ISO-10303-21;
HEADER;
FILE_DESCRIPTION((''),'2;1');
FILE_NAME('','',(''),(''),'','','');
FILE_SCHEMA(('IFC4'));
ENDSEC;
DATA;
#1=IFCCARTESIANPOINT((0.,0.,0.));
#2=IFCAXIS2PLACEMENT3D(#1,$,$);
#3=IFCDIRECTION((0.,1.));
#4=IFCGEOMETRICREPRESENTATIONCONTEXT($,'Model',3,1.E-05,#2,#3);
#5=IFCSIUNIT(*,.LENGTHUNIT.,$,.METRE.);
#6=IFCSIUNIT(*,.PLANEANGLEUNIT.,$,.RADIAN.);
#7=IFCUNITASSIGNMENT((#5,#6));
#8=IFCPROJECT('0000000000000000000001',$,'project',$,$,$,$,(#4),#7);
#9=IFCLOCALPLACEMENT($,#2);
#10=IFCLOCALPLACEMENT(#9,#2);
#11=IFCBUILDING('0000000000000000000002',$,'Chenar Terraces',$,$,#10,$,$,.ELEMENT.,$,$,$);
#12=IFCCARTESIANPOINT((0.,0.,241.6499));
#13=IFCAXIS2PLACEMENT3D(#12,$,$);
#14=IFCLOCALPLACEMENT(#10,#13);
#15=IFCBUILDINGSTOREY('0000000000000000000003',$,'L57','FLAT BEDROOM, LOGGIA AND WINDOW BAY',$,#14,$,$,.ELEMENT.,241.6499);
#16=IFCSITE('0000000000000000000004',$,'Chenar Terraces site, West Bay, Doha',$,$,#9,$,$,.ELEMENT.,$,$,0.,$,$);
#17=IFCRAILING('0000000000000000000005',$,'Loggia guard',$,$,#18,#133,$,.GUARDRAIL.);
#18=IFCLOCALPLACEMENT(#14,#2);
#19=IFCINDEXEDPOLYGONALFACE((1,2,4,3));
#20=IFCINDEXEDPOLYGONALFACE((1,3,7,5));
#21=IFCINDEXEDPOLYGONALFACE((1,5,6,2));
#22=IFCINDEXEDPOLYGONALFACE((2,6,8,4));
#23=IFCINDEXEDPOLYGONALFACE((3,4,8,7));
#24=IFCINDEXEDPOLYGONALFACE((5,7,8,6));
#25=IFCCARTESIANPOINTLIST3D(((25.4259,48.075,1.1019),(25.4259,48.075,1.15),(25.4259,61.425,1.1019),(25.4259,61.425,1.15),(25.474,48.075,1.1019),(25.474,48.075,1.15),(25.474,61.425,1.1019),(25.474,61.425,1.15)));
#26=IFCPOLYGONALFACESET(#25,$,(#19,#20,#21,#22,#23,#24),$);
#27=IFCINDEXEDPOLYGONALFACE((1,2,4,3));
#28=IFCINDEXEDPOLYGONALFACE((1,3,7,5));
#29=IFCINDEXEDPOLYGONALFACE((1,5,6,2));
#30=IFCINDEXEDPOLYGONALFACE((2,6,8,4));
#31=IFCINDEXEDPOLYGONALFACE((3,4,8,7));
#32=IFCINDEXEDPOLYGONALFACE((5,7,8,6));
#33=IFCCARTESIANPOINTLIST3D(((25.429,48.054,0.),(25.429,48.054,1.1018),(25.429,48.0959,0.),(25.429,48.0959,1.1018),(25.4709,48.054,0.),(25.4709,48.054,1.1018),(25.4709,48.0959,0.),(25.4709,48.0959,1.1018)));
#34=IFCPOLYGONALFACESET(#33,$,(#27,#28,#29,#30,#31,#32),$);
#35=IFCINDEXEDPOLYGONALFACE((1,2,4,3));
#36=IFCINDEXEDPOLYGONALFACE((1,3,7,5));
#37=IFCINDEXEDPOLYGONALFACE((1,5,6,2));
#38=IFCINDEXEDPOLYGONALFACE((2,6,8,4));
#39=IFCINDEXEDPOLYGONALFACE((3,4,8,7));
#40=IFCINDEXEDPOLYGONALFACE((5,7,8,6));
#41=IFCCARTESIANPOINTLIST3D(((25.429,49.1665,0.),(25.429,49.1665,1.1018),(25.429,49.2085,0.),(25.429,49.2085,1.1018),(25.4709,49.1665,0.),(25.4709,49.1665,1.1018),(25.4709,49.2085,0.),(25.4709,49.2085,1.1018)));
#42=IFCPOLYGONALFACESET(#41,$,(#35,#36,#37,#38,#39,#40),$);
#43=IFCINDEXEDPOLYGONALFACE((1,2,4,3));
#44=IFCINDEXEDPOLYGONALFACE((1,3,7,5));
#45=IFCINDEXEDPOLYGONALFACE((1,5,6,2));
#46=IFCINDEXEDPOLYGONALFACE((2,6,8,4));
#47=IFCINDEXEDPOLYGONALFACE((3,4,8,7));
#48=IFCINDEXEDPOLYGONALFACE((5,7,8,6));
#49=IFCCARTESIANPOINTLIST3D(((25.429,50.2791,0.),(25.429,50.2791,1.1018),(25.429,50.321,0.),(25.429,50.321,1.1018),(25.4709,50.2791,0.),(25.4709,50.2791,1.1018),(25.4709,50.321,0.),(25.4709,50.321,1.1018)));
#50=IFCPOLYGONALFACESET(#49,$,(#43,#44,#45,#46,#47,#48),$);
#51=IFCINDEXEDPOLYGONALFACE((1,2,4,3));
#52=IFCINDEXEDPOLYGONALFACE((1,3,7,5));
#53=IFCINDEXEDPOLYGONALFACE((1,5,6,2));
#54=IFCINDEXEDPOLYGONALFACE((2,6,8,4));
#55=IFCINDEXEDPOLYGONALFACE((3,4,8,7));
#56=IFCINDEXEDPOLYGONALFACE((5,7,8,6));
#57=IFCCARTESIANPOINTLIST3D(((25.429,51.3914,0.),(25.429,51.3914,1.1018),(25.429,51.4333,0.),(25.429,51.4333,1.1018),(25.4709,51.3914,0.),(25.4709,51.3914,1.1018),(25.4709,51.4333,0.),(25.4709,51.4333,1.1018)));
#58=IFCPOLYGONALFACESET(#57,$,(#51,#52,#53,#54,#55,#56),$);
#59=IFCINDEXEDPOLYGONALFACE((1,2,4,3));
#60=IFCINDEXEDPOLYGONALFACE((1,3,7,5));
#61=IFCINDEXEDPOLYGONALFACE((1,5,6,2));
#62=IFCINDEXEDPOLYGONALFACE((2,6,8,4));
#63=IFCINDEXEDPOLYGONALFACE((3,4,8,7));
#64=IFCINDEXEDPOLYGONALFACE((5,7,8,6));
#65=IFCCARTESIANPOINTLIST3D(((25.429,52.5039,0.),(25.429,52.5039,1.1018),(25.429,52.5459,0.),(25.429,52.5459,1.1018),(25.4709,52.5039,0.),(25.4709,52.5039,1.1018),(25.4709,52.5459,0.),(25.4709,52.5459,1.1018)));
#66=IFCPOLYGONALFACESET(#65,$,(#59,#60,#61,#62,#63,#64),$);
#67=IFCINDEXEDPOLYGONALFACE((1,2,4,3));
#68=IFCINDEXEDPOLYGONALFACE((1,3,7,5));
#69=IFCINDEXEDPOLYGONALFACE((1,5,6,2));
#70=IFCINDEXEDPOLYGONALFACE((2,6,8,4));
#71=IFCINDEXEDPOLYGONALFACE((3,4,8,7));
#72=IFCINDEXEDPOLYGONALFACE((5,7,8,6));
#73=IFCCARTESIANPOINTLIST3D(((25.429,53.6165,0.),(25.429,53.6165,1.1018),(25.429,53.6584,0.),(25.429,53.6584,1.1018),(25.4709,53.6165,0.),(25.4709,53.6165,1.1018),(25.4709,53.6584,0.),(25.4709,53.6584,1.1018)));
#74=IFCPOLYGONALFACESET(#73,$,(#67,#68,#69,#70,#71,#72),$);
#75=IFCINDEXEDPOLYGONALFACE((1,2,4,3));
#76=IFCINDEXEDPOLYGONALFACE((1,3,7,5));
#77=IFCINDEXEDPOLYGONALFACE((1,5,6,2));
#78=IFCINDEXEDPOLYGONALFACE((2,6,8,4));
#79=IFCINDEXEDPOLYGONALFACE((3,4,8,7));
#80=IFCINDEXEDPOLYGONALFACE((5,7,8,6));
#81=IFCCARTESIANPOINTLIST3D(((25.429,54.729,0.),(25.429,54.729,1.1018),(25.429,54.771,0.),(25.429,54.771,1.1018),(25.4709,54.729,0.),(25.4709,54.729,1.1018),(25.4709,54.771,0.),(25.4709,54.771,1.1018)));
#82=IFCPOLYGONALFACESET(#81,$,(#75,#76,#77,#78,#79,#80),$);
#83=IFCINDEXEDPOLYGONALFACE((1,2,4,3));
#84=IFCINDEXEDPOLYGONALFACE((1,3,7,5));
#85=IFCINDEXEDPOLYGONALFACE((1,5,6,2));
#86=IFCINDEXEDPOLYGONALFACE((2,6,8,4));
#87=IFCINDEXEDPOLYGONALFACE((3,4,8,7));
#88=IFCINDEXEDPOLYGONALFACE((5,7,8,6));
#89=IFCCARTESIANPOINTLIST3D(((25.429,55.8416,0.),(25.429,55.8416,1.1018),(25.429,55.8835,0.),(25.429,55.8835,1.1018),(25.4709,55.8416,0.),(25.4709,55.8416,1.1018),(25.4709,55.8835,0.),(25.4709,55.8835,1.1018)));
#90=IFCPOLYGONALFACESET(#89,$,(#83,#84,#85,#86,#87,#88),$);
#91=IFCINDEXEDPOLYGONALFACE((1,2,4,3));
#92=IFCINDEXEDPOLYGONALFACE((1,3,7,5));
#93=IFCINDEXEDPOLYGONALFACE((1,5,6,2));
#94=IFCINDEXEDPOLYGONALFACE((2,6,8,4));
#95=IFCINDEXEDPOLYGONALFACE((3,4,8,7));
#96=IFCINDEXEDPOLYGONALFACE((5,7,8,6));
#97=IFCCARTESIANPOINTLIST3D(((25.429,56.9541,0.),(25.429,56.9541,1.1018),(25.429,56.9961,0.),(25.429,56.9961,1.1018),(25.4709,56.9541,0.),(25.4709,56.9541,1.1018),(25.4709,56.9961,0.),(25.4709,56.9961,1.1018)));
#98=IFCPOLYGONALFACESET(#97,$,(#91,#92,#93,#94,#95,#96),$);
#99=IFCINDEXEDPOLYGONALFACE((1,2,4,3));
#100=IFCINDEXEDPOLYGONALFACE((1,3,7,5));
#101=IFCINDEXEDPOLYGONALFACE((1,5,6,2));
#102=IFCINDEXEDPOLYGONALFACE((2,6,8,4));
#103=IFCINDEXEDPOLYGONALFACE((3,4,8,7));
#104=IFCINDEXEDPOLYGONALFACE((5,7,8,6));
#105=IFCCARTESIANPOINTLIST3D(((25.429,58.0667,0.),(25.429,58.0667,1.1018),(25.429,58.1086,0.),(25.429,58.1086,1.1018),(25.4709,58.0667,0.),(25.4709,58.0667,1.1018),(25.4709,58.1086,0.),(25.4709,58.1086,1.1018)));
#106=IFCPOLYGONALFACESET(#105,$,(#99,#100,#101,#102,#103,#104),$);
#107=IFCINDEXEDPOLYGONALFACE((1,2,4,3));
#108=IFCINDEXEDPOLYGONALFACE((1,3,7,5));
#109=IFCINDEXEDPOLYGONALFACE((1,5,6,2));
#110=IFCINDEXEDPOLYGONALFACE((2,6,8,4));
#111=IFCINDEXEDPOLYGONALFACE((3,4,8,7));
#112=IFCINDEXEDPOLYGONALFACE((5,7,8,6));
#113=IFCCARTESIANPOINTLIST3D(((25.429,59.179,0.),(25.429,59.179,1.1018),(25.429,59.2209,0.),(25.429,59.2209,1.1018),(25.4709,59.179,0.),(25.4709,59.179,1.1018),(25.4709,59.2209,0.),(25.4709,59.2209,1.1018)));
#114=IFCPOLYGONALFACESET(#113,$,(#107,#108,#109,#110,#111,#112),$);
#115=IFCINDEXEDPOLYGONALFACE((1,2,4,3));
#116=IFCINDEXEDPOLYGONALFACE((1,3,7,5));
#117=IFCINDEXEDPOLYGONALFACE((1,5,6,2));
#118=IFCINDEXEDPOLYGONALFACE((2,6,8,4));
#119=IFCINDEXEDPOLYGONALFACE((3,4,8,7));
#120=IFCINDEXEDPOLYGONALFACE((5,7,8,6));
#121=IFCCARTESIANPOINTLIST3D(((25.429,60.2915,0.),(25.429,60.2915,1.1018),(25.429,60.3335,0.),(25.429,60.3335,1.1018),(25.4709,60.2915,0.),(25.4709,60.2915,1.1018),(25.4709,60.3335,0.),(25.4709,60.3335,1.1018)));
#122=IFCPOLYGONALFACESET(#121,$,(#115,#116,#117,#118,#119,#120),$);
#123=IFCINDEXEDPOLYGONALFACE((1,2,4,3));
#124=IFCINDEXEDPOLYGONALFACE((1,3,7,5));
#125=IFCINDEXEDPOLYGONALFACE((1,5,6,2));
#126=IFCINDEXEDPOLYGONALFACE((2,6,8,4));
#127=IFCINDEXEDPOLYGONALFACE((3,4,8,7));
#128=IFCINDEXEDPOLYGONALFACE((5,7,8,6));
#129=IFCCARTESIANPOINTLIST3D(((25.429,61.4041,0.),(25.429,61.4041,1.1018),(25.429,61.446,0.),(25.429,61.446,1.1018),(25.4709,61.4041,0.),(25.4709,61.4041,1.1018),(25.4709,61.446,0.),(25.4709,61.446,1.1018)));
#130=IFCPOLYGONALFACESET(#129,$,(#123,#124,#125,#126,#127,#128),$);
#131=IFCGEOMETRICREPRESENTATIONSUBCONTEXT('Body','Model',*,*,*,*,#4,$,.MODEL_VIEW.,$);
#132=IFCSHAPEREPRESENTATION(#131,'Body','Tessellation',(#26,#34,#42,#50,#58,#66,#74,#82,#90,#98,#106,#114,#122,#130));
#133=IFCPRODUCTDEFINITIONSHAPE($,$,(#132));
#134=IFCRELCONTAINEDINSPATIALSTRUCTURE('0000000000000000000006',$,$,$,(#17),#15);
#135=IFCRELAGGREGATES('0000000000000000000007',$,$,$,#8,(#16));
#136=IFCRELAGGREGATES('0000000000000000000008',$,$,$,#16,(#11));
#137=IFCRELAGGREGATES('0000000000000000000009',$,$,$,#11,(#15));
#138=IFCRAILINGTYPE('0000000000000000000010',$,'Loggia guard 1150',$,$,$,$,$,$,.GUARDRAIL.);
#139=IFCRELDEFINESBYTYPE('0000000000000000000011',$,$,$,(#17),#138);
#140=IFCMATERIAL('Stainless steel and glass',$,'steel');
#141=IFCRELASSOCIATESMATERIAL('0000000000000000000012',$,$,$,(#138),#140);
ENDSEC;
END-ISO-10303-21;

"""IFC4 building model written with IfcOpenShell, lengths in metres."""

from ifc_helpers import new_model, si_unit, direction, frame, origin, origin_2d, place, context, subcontext, project, spatial, rectangle, extrude, material, type_object, element, save


model = new_model("IFC4")

# Units and contexts
model_context = context("Model", 3, precision=1e-05, world=origin(), true_north=direction((0.0, 1.0)))
body_context = subcontext(model_context, "Body", "Model", "MODEL_VIEW")
ifc_project = project(units=[si_unit("LENGTHUNIT", "METRE"), si_unit("PLANEANGLEUNIT", "RADIAN")], contexts=[model_context])

# Site, building, storey
site_placement = place(None, origin())
site = spatial("IfcSite", under=ifc_project, at=site_placement, Name="Chenar Terraces site, West Bay, Doha", CompositionType="ELEMENT", RefElevation=0.0)
building_placement = place(site_placement, origin())
building = spatial("IfcBuilding", under=site, at=building_placement, Name="Chenar Terraces", CompositionType="ELEMENT")
storey_placement = place(building_placement, frame((0.0, 0.0, 241.6499)))
storey = spatial("IfcBuildingStorey", under=building, at=storey_placement, Name="L57", Description="FLAT BEDROOM, LOGGIA AND WINDOW BAY", CompositionType="ELEMENT", Elevation=241.6499)

# Railing
ifc_material_1 = material(Name="Stainless steel and glass", Category="steel")
railing_type_1 = type_object("IfcRailingType", Name="Loggia guard 1150", PredefinedType="GUARDRAIL", material=ifc_material_1)
railing_1_placement = place(storey_placement, frame((25.45, 48.075, 0.0)))
element("IfcRailing", 1, at=railing_1_placement, inside=storey, type_object=railing_type_1, Name="Loggia guard", PredefinedType="GUARDRAIL", context=body_context, shape_type="SweptSolid", body=[
    extrude(rectangle(XDim=0.0481, YDim=0.0481, at=origin_2d()), frame((0.0, 0.0, 1.126), z_axis=(0.0, 1.0, 0.0), x_axis=(-1.0, 0.0, 0.0)), (0.0, 0.0, 1.0), 13.3501),
    extrude(rectangle(XDim=0.042, YDim=0.042, at=origin_2d()), origin(), (0.0, 0.0, 1.0), 1.1018),
    extrude(rectangle(XDim=0.042, YDim=0.042, at=origin_2d()), frame((0.0, 1.1125, 0.0)), (0.0, 0.0, 1.0), 1.1018),
    extrude(rectangle(XDim=0.042, YDim=0.042, at=origin_2d()), frame((0.0, 2.2251, 0.0)), (0.0, 0.0, 1.0), 1.1018),
    extrude(rectangle(XDim=0.042, YDim=0.042, at=origin_2d()), frame((0.0, 3.3374, 0.0)), (0.0, 0.0, 1.0), 1.1018),
    extrude(rectangle(XDim=0.042, YDim=0.042, at=origin_2d()), frame((0.0, 4.45, 0.0)), (0.0, 0.0, 1.0), 1.1018),
    extrude(rectangle(XDim=0.042, YDim=0.042, at=origin_2d()), frame((0.0, 5.5625, 0.0)), (0.0, 0.0, 1.0), 1.1018),
    extrude(rectangle(XDim=0.042, YDim=0.042, at=origin_2d()), frame((0.0, 6.675, 0.0)), (0.0, 0.0, 1.0), 1.1018),
    extrude(rectangle(XDim=0.042, YDim=0.042, at=origin_2d()), frame((0.0, 7.7876, 0.0)), (0.0, 0.0, 1.0), 1.1018),
    extrude(rectangle(XDim=0.042, YDim=0.042, at=origin_2d()), frame((0.0, 8.9001, 0.0)), (0.0, 0.0, 1.0), 1.1018),
    extrude(rectangle(XDim=0.042, YDim=0.042, at=origin_2d()), frame((0.0, 10.0127, 0.0)), (0.0, 0.0, 1.0), 1.1018),
    extrude(rectangle(XDim=0.042, YDim=0.042, at=origin_2d()), frame((0.0, 11.125, 0.0)), (0.0, 0.0, 1.0), 1.1018),
    extrude(rectangle(XDim=0.042, YDim=0.042, at=origin_2d()), frame((0.0, 12.2375, 0.0)), (0.0, 0.0, 1.0), 1.1018),
    extrude(rectangle(XDim=0.042, YDim=0.042, at=origin_2d()), frame((0.0, 13.3501, 0.0)), (0.0, 0.0, 1.0), 1.1018),
])

save(model, "model.ifc")
